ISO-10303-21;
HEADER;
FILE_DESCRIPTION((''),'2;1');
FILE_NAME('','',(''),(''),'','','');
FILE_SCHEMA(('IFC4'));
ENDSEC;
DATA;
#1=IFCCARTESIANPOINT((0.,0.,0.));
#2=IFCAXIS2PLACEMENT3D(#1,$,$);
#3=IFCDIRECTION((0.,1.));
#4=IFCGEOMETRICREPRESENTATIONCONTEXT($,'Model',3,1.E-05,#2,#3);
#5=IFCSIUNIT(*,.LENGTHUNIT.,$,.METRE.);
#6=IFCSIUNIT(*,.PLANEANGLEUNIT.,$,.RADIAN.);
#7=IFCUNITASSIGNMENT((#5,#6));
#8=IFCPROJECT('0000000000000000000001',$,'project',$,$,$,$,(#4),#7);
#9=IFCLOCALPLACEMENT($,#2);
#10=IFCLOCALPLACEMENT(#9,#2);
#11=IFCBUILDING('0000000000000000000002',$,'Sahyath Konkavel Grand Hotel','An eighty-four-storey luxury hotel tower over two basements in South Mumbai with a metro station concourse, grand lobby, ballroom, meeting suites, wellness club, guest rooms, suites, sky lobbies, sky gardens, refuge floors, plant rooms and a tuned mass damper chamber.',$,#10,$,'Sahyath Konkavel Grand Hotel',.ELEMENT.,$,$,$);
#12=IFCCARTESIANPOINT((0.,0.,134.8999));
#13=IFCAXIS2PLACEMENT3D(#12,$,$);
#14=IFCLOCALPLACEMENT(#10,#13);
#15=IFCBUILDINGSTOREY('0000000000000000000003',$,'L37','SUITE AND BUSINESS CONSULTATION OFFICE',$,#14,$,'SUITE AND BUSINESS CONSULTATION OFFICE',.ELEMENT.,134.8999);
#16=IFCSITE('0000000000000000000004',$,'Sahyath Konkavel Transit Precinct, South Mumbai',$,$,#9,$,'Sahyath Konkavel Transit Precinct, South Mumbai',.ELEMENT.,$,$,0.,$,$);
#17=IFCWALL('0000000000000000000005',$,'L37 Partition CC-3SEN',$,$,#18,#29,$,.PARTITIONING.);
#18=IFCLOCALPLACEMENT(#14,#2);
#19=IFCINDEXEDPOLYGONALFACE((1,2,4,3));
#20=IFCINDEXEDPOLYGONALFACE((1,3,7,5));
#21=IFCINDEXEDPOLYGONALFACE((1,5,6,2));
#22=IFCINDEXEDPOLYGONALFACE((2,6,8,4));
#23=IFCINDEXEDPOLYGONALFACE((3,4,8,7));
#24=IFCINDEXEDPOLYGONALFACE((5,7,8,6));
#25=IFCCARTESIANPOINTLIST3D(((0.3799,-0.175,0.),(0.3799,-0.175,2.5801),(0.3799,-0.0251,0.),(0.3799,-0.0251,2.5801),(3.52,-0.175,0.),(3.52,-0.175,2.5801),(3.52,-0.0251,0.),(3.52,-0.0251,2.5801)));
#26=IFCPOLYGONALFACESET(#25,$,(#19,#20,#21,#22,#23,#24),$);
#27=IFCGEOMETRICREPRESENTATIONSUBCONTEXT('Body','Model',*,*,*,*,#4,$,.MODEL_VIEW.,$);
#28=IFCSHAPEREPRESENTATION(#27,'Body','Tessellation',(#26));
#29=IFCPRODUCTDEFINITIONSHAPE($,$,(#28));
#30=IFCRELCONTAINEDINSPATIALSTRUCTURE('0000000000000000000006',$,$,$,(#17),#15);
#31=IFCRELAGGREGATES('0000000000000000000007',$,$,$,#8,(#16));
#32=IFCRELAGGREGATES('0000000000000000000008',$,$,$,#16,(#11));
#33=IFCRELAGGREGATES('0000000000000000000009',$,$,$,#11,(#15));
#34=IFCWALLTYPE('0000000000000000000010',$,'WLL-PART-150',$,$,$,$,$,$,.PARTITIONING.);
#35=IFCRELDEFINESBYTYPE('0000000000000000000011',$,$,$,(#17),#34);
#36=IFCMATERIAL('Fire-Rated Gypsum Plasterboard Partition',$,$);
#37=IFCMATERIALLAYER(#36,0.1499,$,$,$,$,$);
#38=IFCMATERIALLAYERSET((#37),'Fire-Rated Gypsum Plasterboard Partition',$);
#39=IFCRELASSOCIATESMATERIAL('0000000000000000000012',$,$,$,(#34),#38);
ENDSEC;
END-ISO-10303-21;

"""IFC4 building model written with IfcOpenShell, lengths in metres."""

from ifc_helpers import new_model, si_unit, direction, frame, frame_2d, origin, place, context, subcontext, project, spatial, rectangle, extrude, material, layer, layer_set, type_object, element, save


model = new_model("IFC4")

# Units and contexts
model_context = context("Model", 3, precision=1e-05, world=origin(), true_north=direction((0.0, 1.0)))
body_context = subcontext(model_context, "Body", "Model", "MODEL_VIEW")
ifc_project = project(units=[si_unit("LENGTHUNIT", "METRE"), si_unit("PLANEANGLEUNIT", "RADIAN")], contexts=[model_context])

# Site, building, storey
site_placement = place(None, origin())
site = spatial("IfcSite", under=ifc_project, at=site_placement, Name="Sahyath Konkavel Transit Precinct, South Mumbai", LongName="Sahyath Konkavel Transit Precinct, South Mumbai", CompositionType="ELEMENT", RefElevation=0.0)
building_placement = place(site_placement, origin())
building = spatial("IfcBuilding", under=site, at=building_placement, Name="Sahyath Konkavel Grand Hotel", Description="An eighty-four-storey luxury hotel tower over two basements in South Mumbai with a metro station concourse, grand lobby, ballroom, meeting suites, wellness club, guest rooms, suites, sky lobbies, sky gardens, refuge floors, plant rooms and a tuned mass damper chamber.", LongName="Sahyath Konkavel Grand Hotel", CompositionType="ELEMENT")
storey_placement = place(building_placement, frame((0.0, 0.0, 134.8999)))
storey = spatial("IfcBuildingStorey", under=building, at=storey_placement, Name="L37", Description="SUITE AND BUSINESS CONSULTATION OFFICE", LongName="SUITE AND BUSINESS CONSULTATION OFFICE", CompositionType="ELEMENT", Elevation=134.8999)

# Wall
ifc_material_1 = material(Name="Fire-Rated Gypsum Plasterboard Partition")
ifc_layer_1 = layer(ifc_material_1, 0.1499)
ifc_layer_set_1 = layer_set([ifc_layer_1], Name="Fire-Rated Gypsum Plasterboard Partition")
wall_type_1 = type_object("IfcWallType", Name="WLL-PART-150", PredefinedType="PARTITIONING", material=ifc_layer_set_1)
wall_1_placement = place(storey_placement, frame((0.3799, -0.1001, 0.0), z_axis=(0.0, 0.0, 1.0), x_axis=(1.0, 0.0, 0.0)))
element("IfcWall", 1, at=wall_1_placement, inside=storey, type_object=wall_type_1, Name="L37 Partition CC-3SEN", PredefinedType="PARTITIONING", context=body_context, shape_type="SweptSolid", body=[
    extrude(rectangle(XDim=3.1401, YDim=0.1499, at=frame_2d((1.5701, 0.0))), origin(), (0.0, 0.0, 1.0), 2.5801),
])

save(model, "model.ifc")
